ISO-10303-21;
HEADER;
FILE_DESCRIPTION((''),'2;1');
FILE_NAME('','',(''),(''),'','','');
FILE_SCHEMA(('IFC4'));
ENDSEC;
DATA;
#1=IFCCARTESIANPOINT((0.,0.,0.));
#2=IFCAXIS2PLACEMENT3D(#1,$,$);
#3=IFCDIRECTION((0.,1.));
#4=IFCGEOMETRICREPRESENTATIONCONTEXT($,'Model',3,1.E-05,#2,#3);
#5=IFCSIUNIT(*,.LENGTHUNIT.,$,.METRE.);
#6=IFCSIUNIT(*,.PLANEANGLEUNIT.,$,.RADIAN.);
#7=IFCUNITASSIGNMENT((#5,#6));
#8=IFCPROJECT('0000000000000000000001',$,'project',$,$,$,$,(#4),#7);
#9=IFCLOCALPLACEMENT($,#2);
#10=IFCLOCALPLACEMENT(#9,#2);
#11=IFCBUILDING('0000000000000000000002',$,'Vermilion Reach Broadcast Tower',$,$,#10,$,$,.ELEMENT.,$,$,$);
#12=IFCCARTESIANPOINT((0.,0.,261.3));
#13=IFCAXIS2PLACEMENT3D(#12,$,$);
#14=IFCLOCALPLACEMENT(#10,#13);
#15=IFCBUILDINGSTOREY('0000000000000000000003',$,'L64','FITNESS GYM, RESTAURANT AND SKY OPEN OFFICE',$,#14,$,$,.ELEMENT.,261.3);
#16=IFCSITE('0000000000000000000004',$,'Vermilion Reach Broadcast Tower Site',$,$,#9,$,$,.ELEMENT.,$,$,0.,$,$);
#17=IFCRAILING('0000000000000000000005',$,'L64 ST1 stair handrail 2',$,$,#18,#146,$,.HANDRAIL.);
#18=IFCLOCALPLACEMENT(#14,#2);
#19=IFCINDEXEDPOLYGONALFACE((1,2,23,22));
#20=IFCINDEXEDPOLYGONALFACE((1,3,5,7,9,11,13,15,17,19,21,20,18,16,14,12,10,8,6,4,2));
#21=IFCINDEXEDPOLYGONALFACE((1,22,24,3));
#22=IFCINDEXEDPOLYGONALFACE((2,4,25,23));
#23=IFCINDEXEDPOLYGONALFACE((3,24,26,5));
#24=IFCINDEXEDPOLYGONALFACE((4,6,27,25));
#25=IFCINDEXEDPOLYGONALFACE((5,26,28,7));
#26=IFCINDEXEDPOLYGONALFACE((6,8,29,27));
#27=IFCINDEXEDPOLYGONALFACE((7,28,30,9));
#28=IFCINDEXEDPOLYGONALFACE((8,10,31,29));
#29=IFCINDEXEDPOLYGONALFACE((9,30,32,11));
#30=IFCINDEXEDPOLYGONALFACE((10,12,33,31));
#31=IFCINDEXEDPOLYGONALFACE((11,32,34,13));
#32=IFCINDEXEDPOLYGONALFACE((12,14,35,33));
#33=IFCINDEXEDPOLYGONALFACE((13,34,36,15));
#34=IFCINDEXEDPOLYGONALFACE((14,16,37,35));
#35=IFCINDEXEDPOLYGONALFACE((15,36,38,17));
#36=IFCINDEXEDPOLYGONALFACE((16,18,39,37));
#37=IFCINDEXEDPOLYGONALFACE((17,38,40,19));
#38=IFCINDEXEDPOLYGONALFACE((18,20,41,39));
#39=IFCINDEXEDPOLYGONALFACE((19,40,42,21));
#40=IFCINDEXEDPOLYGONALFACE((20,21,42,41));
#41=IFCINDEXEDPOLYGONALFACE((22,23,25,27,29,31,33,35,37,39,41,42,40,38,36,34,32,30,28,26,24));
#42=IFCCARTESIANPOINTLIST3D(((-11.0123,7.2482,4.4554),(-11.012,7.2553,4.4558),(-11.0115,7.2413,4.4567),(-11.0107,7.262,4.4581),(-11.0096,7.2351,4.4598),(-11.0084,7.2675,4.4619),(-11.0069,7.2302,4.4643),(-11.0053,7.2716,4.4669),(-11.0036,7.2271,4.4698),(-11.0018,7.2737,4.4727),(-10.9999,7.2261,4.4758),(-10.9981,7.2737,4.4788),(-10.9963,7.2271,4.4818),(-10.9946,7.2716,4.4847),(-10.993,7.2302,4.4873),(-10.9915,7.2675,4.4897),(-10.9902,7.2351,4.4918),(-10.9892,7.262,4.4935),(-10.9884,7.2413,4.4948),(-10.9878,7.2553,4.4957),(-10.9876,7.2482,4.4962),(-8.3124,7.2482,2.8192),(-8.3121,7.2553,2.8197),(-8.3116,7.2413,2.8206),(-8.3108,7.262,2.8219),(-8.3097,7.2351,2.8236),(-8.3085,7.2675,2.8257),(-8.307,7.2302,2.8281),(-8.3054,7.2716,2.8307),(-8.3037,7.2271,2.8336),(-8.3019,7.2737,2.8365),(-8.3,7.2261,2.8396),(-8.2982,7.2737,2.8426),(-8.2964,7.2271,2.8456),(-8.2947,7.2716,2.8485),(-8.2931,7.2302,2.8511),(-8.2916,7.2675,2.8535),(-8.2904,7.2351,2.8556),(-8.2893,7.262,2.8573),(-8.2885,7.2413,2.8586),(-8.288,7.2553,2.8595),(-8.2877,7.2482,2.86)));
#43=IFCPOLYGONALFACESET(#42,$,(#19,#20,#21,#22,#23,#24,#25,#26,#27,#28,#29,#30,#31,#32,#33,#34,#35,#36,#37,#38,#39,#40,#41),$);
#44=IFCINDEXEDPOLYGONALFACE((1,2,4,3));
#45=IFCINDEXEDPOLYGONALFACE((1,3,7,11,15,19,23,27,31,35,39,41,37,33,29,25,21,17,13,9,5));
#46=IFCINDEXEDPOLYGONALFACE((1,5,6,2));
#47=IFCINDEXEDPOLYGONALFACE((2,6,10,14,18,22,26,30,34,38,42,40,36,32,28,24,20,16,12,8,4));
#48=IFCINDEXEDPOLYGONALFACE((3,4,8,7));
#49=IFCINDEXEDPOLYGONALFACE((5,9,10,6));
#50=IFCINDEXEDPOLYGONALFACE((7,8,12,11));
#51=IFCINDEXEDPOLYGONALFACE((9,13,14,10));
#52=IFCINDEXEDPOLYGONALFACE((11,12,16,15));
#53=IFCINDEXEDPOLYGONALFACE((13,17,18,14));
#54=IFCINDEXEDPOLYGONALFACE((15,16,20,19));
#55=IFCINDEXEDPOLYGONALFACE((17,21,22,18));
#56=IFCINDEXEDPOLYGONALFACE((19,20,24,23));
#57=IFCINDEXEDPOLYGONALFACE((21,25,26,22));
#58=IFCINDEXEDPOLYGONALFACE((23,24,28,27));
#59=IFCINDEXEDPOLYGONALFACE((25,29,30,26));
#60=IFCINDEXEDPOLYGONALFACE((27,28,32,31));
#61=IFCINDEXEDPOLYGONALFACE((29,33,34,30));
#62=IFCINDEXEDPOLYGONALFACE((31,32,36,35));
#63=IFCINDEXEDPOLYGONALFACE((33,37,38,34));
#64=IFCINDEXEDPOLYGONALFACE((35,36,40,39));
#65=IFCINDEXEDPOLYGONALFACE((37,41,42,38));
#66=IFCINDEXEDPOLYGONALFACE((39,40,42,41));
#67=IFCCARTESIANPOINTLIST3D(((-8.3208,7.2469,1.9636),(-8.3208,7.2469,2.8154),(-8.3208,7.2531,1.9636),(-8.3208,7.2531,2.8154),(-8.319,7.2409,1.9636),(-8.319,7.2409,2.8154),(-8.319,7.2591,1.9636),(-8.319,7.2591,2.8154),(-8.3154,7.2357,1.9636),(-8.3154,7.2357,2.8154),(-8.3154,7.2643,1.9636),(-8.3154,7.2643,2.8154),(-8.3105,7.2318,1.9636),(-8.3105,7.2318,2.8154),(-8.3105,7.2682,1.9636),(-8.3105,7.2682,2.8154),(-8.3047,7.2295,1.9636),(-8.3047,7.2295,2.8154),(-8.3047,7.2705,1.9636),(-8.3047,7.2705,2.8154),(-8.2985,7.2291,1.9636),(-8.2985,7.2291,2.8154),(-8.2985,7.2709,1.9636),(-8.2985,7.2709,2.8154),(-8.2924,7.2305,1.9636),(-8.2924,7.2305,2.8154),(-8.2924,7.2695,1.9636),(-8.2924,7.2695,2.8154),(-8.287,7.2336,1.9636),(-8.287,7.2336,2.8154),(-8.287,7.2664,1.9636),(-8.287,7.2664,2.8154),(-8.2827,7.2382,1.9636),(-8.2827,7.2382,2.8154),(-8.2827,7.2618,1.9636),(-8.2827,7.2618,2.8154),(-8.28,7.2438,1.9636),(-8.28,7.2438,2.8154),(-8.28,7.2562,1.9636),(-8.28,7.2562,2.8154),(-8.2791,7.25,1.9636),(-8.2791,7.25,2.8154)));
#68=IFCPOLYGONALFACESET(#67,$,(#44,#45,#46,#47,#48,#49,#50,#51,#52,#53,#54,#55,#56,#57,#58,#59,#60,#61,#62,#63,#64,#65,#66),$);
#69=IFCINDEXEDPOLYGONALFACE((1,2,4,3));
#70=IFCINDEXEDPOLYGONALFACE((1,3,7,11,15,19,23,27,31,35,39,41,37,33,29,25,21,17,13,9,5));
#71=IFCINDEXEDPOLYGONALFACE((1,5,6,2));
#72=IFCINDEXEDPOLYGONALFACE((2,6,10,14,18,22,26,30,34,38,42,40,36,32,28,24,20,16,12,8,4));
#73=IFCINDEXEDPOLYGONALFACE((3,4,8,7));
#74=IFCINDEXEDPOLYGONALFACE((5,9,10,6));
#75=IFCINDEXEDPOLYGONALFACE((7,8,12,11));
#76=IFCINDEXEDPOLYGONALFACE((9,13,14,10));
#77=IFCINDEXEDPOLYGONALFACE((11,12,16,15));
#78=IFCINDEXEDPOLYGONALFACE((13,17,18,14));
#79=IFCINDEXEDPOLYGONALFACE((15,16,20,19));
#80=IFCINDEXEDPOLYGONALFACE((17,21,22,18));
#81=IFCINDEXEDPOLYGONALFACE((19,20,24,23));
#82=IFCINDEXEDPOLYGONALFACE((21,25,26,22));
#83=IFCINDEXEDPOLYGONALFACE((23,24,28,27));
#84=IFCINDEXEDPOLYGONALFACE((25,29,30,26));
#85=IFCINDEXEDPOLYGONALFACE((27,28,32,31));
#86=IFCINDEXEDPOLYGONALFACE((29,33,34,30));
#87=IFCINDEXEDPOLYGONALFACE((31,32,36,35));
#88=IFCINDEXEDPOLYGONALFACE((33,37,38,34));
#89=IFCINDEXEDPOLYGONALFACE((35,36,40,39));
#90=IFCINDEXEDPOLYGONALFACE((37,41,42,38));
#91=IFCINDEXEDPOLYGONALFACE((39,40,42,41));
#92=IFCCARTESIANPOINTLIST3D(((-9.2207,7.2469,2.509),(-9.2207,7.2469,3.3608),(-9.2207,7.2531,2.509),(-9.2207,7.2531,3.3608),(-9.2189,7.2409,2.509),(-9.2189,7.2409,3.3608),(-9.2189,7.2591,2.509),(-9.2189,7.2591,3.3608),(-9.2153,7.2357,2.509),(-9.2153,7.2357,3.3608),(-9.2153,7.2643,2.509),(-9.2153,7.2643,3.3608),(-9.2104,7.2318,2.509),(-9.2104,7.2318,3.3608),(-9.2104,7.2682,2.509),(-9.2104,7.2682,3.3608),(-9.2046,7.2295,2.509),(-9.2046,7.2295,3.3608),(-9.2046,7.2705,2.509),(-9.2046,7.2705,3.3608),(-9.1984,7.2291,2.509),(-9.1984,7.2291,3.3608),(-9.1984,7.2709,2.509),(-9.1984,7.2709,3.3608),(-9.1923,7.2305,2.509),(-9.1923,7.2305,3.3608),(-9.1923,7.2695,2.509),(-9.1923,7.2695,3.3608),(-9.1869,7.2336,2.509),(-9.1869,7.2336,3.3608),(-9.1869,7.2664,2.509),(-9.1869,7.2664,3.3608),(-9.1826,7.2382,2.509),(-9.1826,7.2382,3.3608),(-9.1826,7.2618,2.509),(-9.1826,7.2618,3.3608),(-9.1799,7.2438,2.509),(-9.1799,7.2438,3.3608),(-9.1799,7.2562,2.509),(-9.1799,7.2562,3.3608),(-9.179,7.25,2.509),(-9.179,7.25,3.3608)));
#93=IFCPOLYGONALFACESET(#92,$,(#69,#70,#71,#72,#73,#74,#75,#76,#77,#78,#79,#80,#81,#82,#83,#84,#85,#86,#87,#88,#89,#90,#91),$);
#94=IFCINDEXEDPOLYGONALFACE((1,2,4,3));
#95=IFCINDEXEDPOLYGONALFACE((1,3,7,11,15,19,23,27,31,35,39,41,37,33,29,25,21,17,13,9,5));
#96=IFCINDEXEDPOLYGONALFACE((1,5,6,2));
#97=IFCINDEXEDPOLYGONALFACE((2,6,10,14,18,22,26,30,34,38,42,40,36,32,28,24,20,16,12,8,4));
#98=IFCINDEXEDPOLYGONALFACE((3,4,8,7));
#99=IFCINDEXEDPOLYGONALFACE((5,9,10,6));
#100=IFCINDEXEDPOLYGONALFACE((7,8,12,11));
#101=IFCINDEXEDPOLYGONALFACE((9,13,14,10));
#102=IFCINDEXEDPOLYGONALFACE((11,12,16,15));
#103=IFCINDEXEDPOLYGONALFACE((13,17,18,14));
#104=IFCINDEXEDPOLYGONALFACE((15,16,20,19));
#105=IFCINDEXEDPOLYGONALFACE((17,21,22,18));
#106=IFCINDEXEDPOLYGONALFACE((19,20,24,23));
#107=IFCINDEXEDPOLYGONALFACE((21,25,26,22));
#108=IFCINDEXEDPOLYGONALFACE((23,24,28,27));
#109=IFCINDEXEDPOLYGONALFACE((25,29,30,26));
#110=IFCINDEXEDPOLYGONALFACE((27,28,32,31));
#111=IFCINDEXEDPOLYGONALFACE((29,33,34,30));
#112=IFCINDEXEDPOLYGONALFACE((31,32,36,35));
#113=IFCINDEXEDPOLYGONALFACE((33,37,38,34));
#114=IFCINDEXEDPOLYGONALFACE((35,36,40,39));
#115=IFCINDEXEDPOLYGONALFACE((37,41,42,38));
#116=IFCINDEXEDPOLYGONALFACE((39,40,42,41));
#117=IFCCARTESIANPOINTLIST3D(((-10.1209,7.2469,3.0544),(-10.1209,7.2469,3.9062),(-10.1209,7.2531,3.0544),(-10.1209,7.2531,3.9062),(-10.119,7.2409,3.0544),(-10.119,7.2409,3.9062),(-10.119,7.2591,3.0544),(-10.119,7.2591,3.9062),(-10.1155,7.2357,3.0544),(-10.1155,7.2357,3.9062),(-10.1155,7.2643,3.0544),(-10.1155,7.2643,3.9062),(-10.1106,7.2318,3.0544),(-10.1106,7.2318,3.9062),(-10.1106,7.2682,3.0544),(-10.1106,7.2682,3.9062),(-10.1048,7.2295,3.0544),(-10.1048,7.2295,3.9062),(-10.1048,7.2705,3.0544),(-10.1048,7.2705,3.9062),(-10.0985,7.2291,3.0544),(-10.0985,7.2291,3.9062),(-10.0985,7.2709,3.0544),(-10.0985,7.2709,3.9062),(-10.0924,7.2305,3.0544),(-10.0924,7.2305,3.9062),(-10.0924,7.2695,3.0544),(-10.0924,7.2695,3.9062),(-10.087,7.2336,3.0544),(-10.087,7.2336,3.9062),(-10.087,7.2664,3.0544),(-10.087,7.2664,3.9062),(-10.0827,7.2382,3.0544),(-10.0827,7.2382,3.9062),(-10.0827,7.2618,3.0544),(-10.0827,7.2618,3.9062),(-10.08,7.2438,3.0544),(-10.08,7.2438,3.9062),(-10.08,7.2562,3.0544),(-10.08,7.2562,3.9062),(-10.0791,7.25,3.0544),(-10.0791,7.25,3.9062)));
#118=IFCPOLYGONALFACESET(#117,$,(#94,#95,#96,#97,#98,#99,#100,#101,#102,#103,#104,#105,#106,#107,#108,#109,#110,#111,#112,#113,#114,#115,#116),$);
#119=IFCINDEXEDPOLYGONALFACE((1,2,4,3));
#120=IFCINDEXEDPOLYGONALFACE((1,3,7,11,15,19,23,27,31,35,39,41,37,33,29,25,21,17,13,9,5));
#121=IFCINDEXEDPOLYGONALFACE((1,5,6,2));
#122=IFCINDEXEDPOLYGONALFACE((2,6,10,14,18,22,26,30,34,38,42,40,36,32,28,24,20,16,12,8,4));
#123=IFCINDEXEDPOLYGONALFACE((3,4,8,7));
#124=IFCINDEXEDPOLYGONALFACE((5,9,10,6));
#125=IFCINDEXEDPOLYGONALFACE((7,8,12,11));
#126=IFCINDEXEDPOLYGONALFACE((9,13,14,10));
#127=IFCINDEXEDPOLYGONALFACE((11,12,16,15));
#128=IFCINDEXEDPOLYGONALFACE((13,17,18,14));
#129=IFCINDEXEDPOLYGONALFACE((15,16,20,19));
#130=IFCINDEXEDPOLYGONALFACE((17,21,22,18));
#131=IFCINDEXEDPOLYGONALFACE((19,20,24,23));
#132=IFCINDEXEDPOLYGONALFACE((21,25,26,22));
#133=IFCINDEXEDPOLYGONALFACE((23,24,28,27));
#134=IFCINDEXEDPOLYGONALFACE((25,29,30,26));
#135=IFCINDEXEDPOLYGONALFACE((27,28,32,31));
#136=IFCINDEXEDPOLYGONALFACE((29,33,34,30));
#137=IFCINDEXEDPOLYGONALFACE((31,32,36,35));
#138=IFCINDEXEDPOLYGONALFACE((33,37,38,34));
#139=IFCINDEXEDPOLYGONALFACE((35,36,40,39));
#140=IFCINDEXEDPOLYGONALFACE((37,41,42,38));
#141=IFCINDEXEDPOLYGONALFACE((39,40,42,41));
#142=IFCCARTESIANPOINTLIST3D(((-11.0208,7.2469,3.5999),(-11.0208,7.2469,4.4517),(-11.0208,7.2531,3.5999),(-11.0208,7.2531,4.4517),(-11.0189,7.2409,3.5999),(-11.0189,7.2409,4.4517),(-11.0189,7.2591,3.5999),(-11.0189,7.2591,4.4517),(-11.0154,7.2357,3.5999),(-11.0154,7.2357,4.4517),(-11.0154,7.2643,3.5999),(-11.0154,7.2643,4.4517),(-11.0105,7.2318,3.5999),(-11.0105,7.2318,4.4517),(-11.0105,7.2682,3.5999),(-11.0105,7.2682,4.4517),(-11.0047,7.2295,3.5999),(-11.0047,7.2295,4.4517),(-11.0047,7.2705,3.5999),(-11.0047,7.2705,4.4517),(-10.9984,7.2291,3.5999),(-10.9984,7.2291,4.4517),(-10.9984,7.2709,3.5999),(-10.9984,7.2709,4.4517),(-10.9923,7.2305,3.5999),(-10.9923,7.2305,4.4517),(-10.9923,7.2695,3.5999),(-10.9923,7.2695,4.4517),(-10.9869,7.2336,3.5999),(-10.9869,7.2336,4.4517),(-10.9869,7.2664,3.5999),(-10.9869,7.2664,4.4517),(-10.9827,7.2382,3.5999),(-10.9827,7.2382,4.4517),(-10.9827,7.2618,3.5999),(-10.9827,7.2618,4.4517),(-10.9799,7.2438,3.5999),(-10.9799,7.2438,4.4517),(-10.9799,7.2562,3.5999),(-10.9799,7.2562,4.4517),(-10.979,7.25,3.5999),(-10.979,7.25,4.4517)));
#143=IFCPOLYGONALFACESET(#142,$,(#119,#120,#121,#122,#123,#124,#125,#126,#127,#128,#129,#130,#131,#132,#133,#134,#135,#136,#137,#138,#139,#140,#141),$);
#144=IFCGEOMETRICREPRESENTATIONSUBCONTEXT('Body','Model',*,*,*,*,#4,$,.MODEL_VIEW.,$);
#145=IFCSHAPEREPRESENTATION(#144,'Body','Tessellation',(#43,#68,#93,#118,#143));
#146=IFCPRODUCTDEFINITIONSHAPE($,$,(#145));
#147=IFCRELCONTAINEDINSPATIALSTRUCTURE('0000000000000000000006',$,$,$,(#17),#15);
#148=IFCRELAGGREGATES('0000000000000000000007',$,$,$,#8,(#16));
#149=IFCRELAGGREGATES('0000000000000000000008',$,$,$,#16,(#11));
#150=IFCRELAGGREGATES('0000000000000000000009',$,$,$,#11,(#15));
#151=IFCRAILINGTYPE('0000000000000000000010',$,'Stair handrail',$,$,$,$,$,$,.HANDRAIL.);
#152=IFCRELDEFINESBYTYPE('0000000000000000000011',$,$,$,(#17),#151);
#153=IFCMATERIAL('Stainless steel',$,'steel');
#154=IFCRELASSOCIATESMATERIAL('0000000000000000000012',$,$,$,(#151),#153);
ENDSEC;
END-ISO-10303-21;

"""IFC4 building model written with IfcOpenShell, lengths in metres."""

from ifc_helpers import new_model, si_unit, direction, frame, origin, origin_2d, place, context, subcontext, project, spatial, circle, extrude, material, type_object, element, save


model = new_model("IFC4")

# Units and contexts
model_context = context("Model", 3, precision=1e-05, world=origin(), true_north=direction((0.0, 1.0)))
body_context = subcontext(model_context, "Body", "Model", "MODEL_VIEW")
ifc_project = project(units=[si_unit("LENGTHUNIT", "METRE"), si_unit("PLANEANGLEUNIT", "RADIAN")], contexts=[model_context])

# Site, building, storey
site_placement = place(None, origin())
site = spatial("IfcSite", under=ifc_project, at=site_placement, Name="Vermilion Reach Broadcast Tower Site", CompositionType="ELEMENT", RefElevation=0.0)
building_placement = place(site_placement, origin())
building = spatial("IfcBuilding", under=site, at=building_placement, Name="Vermilion Reach Broadcast Tower", CompositionType="ELEMENT")
storey_placement = place(building_placement, frame((0.0, 0.0, 261.3)))
storey = spatial("IfcBuildingStorey", under=building, at=storey_placement, Name="L64", Description="FITNESS GYM, RESTAURANT AND SKY OPEN OFFICE", CompositionType="ELEMENT", Elevation=261.3)

# Railing
ifc_material_1 = material(Name="Stainless steel", Category="steel")
railing_type_1 = type_object("IfcRailingType", Name="Stair handrail", PredefinedType="HANDRAIL", material=ifc_material_1)
railing_1_placement = place(storey_placement, frame((-8.3, 7.25, 1.9636)))
element("IfcRailing", 1, at=railing_1_placement, inside=storey, type_object=railing_type_1, Name="L64 ST1 stair handrail 2", PredefinedType="HANDRAIL", context=body_context, shape_type="SweptSolid", body=[
    extrude(circle(Radius=0.0239, at=origin_2d()), frame((0.0, 0.0, 0.876), z_axis=(-0.855212, 0.0, 0.518278), x_axis=(0.0, -1.0, 0.0)), (0.0, 0.0, 1.0), 3.157),
    extrude(circle(Radius=0.021, at=origin_2d()), origin(), (0.0, 0.0, 1.0), 0.8518),
    extrude(circle(Radius=0.021, at=origin_2d()), frame((-0.8999, 0.0, 0.5454)), (0.0, 0.0, 1.0), 0.8518),
    extrude(circle(Radius=0.021, at=origin_2d()), frame((-1.8, 0.0, 1.0908)), (0.0, 0.0, 1.0), 0.8518),
    extrude(circle(Radius=0.021, at=origin_2d()), frame((-2.7, 0.0, 1.6362)), (0.0, 0.0, 1.0), 0.8518),
])

save(model, "model.ifc")
